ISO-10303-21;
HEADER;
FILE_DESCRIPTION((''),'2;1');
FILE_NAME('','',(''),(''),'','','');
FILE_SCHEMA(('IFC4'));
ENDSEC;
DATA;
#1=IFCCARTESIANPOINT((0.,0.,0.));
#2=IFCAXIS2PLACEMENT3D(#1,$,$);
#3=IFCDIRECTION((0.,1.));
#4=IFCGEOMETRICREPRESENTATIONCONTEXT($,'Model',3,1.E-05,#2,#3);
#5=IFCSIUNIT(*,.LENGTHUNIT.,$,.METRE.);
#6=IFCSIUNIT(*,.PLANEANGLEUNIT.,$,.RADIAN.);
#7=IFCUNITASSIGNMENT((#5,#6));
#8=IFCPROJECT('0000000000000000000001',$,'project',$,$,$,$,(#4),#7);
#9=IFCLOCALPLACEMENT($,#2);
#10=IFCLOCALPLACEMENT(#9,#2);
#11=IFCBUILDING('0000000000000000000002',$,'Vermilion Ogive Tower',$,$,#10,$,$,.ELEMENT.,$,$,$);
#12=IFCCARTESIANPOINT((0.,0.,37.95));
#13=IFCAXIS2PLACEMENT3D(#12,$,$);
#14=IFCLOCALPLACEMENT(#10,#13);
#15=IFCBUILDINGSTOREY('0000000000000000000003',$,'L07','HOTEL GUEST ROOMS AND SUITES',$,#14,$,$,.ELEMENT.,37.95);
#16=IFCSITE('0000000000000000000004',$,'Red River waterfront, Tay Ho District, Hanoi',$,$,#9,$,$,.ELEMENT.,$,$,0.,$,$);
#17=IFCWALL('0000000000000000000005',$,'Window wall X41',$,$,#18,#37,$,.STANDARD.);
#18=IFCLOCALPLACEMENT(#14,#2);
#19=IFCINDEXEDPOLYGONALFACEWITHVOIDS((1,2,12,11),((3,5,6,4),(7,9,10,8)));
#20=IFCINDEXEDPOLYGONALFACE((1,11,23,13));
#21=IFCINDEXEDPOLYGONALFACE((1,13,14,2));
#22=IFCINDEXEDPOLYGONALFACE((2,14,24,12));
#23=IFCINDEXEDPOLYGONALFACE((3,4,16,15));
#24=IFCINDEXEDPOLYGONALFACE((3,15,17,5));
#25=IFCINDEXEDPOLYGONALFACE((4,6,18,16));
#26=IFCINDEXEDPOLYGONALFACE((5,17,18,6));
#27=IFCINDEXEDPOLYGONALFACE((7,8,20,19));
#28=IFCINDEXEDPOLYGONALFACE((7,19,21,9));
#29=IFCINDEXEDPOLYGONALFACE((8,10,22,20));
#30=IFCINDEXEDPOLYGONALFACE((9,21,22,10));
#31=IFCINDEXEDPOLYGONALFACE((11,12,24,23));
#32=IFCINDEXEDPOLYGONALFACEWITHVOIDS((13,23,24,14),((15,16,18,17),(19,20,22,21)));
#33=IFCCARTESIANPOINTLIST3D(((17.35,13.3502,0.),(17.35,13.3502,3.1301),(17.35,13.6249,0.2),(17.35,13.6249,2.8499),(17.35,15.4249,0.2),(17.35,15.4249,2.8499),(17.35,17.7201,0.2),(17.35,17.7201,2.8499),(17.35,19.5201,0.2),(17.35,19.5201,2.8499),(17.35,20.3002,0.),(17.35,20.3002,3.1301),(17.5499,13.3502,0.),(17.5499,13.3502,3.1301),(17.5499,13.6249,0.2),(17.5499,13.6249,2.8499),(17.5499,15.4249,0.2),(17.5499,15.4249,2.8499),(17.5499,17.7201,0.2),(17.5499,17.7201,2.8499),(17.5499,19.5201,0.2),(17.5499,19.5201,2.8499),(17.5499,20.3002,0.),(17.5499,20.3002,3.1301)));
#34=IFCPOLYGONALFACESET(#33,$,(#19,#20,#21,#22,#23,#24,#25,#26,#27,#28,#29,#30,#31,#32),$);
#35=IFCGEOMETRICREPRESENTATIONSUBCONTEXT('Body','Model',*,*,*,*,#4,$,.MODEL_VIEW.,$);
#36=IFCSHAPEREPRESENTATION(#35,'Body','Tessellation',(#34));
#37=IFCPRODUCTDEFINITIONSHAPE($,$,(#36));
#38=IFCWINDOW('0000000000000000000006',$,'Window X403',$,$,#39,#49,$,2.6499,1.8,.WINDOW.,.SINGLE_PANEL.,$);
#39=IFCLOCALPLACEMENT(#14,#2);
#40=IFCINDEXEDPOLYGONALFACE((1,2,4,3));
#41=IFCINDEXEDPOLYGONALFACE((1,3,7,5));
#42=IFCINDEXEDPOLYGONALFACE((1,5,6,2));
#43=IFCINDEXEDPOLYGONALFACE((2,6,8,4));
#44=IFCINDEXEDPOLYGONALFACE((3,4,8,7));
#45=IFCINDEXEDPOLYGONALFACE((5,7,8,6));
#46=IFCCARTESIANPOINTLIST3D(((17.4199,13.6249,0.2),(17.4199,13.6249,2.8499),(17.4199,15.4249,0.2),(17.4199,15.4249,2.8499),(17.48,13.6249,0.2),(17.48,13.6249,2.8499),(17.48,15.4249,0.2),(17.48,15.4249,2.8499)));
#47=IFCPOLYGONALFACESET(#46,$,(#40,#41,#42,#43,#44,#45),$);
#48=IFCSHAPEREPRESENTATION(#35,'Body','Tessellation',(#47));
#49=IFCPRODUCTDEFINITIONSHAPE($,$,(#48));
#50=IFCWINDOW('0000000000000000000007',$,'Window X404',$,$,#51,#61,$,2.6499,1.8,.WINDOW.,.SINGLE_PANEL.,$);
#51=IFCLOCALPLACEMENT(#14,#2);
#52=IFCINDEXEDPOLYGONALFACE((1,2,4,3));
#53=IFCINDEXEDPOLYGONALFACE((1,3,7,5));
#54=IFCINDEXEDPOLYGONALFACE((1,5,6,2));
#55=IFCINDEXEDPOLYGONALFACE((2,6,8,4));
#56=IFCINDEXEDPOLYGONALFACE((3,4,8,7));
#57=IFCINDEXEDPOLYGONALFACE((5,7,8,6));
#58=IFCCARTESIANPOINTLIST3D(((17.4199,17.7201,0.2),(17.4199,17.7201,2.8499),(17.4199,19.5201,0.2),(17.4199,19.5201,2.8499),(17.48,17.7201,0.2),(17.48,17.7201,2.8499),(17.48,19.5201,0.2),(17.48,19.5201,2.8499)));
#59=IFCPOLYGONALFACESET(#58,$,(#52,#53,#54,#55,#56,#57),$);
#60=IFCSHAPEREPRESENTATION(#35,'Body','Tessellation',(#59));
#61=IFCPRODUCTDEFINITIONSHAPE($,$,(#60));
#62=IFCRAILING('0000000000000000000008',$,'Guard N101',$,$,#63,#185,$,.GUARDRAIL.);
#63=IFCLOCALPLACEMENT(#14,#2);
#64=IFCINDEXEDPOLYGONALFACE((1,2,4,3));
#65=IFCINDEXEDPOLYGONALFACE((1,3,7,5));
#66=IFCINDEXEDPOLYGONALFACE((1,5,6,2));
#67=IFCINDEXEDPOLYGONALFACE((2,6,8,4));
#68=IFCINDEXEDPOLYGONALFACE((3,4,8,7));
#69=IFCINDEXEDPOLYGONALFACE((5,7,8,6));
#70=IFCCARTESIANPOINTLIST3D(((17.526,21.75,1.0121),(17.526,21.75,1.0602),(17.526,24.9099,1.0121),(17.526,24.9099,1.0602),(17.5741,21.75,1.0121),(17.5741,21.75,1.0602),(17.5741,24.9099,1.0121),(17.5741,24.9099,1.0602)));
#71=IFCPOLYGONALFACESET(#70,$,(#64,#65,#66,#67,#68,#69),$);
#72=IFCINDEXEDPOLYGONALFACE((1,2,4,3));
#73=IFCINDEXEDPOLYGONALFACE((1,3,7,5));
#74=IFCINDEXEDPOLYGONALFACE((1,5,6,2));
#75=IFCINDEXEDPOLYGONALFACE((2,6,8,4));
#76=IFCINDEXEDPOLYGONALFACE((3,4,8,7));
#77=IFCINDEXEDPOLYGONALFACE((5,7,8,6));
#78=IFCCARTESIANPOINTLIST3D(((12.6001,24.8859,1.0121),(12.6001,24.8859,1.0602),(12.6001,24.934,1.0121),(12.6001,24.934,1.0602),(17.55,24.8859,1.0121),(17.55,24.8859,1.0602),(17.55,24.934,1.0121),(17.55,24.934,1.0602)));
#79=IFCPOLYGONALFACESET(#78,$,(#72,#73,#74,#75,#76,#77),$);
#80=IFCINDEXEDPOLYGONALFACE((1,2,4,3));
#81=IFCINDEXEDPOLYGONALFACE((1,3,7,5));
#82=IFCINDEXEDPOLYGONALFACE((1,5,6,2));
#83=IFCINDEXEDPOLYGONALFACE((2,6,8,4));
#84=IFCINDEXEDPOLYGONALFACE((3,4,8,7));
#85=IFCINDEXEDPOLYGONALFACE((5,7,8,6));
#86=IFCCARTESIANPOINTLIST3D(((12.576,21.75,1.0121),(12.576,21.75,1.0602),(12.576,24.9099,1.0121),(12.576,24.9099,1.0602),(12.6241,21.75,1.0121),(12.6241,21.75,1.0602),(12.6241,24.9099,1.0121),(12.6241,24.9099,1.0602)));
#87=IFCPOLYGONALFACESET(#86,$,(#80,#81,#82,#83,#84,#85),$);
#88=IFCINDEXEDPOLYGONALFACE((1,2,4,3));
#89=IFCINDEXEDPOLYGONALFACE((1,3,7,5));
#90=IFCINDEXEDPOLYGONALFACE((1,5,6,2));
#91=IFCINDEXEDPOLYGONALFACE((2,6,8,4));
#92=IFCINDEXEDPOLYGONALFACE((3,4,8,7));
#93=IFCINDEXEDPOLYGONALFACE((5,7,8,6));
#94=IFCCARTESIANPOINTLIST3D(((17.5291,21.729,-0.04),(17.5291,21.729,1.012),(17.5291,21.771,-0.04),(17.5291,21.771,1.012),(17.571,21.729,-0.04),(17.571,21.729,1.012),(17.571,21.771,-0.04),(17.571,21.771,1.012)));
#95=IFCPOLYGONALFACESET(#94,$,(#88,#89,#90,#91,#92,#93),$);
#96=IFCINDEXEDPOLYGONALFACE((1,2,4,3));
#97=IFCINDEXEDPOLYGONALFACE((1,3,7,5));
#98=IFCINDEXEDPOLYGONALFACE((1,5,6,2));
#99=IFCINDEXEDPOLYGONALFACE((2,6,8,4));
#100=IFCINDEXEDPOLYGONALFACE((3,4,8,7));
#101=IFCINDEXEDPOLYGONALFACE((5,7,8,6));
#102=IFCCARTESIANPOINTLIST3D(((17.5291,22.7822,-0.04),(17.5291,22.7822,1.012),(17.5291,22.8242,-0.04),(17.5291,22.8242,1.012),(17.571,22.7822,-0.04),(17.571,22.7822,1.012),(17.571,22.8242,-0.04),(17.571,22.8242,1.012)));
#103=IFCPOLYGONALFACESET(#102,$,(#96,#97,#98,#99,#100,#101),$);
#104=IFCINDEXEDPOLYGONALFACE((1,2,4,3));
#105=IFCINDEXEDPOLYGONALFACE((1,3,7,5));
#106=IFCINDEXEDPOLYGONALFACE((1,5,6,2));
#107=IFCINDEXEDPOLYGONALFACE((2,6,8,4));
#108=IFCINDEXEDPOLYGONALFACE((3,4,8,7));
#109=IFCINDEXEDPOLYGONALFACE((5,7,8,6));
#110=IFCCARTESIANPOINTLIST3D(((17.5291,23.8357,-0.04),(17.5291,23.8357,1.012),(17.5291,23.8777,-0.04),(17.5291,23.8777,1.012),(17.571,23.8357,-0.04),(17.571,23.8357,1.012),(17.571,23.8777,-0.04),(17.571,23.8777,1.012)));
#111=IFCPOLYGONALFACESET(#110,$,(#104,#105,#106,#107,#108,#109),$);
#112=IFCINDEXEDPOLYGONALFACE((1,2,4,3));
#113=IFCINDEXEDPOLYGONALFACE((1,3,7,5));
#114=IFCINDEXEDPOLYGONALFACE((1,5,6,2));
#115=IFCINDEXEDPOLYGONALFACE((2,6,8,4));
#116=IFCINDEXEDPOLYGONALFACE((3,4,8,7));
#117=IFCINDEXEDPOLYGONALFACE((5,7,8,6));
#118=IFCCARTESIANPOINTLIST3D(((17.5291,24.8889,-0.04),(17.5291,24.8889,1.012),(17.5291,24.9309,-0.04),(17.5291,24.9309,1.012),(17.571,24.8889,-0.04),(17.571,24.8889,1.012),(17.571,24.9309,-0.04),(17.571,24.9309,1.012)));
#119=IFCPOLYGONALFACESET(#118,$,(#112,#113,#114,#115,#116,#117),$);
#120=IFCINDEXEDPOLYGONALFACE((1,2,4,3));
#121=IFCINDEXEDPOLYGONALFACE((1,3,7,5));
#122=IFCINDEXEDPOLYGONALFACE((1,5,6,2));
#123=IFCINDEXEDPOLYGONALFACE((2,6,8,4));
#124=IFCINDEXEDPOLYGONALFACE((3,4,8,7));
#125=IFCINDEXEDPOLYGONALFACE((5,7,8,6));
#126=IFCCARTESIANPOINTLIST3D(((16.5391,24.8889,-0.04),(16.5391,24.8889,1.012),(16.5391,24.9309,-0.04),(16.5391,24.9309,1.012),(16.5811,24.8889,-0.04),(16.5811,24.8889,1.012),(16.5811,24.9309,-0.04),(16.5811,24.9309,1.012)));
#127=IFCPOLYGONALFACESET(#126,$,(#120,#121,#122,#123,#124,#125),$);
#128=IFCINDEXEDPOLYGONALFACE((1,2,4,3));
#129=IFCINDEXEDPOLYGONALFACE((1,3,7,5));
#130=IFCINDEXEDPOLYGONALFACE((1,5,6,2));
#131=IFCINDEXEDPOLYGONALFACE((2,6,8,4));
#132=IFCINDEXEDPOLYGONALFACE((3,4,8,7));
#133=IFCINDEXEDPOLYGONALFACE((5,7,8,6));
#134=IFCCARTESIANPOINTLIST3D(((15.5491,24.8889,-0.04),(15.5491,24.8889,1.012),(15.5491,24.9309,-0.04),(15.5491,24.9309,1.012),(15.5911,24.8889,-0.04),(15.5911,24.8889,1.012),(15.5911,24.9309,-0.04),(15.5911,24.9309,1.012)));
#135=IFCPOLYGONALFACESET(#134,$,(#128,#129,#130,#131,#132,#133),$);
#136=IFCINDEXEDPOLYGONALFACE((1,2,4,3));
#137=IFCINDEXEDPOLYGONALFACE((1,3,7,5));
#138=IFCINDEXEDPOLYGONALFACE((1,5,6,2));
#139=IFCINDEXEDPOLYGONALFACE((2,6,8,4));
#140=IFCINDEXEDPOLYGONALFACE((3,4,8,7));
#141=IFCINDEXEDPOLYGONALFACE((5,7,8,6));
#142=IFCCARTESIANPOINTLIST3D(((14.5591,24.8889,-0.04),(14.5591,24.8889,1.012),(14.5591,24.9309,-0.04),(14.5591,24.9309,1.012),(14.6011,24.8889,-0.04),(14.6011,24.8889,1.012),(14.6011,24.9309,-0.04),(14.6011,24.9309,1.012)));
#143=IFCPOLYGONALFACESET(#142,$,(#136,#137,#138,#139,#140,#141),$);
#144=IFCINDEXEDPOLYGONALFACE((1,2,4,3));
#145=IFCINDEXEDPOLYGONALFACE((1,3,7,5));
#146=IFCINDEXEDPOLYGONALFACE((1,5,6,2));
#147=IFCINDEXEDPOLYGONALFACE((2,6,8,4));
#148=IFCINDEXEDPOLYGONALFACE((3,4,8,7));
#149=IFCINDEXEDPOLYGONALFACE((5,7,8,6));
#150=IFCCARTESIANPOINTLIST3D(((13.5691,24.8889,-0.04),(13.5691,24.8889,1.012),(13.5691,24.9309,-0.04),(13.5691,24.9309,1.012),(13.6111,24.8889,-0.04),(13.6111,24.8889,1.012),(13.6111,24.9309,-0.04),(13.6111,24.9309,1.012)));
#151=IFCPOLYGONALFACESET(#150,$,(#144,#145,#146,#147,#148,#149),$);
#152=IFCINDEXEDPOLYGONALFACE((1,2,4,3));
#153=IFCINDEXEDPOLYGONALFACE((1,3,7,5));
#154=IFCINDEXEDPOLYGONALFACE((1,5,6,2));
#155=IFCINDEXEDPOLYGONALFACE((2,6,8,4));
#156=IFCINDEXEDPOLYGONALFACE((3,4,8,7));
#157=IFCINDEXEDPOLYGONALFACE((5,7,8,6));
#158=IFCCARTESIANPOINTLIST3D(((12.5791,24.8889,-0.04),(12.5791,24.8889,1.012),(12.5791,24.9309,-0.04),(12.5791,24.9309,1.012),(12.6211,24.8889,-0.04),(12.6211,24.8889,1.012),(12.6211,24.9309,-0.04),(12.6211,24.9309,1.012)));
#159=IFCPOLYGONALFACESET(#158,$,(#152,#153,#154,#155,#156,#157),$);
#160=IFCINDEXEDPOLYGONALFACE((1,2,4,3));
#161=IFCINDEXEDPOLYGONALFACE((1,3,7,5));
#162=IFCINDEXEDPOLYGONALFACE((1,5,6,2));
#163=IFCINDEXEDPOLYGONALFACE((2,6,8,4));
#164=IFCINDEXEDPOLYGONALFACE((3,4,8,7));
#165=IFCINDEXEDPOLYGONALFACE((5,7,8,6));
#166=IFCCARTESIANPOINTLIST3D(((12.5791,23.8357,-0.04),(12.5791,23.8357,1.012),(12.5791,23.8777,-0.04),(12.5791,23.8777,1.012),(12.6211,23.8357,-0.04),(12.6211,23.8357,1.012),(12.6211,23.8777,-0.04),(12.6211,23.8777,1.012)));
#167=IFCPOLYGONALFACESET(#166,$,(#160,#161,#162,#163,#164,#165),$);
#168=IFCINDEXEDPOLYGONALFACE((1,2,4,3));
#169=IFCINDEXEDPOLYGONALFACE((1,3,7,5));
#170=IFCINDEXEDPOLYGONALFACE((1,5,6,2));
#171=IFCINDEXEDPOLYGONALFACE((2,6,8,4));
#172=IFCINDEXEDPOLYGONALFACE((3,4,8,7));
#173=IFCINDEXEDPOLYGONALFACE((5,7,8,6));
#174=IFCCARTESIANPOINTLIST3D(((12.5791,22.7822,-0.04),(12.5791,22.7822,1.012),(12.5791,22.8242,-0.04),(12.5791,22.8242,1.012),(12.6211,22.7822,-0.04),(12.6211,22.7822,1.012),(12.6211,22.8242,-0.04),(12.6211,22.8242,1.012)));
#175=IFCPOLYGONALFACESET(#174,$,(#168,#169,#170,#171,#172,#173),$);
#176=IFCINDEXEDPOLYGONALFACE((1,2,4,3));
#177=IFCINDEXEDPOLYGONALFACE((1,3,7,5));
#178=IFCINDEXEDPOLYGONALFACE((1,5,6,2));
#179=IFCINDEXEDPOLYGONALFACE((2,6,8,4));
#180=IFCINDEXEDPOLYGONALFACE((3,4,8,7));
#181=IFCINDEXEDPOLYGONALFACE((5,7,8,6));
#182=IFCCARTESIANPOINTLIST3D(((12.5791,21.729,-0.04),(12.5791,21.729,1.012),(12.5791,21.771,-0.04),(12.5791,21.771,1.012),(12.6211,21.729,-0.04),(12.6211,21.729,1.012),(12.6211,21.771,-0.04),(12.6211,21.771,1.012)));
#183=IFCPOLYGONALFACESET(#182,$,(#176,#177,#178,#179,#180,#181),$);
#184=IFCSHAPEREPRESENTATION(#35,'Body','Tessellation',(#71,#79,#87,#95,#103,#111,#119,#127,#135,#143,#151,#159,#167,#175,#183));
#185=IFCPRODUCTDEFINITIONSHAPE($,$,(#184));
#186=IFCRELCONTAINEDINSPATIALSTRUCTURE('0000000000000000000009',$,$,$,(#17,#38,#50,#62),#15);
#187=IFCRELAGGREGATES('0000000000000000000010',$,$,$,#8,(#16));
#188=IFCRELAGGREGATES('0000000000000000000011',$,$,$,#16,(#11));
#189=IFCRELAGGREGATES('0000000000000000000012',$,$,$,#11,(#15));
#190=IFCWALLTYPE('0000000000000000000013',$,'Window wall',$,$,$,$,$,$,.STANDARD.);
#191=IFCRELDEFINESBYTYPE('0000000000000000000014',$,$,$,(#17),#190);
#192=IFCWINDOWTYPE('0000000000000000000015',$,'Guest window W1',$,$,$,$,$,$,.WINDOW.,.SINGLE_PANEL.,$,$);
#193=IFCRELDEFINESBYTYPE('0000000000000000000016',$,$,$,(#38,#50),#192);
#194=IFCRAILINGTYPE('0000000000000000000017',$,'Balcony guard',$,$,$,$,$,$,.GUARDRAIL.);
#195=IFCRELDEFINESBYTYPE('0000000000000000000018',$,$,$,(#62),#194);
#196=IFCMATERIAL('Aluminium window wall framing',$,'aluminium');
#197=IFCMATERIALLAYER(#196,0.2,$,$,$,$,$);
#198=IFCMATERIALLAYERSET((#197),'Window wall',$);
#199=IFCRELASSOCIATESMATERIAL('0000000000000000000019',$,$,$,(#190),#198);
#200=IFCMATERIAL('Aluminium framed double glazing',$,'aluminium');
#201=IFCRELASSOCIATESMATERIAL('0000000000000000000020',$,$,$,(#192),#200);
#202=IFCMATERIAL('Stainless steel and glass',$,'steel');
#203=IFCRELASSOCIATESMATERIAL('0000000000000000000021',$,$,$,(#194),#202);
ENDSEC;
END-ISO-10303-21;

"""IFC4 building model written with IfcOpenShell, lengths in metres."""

from ifc_helpers import new_model, si_unit, direction, frame, frame_2d, origin, origin_2d, place, context, subcontext, project, spatial, rectangle, extrude, material, layer, layer_set, type_object, element, fill, save


model = new_model("IFC4")

# Units and contexts
model_context = context("Model", 3, precision=1e-05, world=origin(), true_north=direction((0.0, 1.0)))
body_context = subcontext(model_context, "Body", "Model", "MODEL_VIEW")
ifc_project = project(units=[si_unit("LENGTHUNIT", "METRE"), si_unit("PLANEANGLEUNIT", "RADIAN")], contexts=[model_context])

# Site, building, storey
site_placement = place(None, origin())
site = spatial("IfcSite", under=ifc_project, at=site_placement, Name="Red River waterfront, Tay Ho District, Hanoi", CompositionType="ELEMENT", RefElevation=0.0)
building_placement = place(site_placement, origin())
building = spatial("IfcBuilding", under=site, at=building_placement, Name="Vermilion Ogive Tower", CompositionType="ELEMENT")
storey_placement = place(building_placement, frame((0.0, 0.0, 37.95)))
storey = spatial("IfcBuildingStorey", under=building, at=storey_placement, Name="L07", Description="HOTEL GUEST ROOMS AND SUITES", CompositionType="ELEMENT", Elevation=37.95)

# Shared definitions
ifc_material_1 = material(Name="Aluminium window wall framing", Category="aluminium")
ifc_layer_1 = layer(ifc_material_1, 0.2)
ifc_layer_set_1 = layer_set([ifc_layer_1], Name="Window wall")
wall_type_1 = type_object("IfcWallType", Name="Window wall", PredefinedType="STANDARD", material=ifc_layer_set_1)
ifc_material_2 = material(Name="Aluminium framed double glazing", Category="aluminium")
window_type = type_object("IfcWindowType", Name="Guest window W1", PartitioningType="SINGLE_PANEL", PredefinedType="WINDOW", material=ifc_material_2)

# Wall, openings, windows
wall_1_placement = place(storey_placement, frame((17.45, 13.3501, 0.0), z_axis=(0.0, 0.0, 1.0), x_axis=(0.0, 1.0, 0.0)))
wall_1 = element("IfcWall", 1, at=wall_1_placement, inside=storey, type_object=wall_type_1, Name="Window wall X41", PredefinedType="STANDARD", context=body_context, shape_type="SweptSolid", body=[
    extrude(rectangle(XDim=6.95, YDim=0.2, at=frame_2d((3.4751, 0.0))), origin(), (0.0, 0.0, 1.0), 3.1301),
])
opening_1_placement = place(wall_1_placement, frame((0.2749, 0.0, 0.2)))
opening_1 = element("IfcOpeningElement", 2, at=opening_1_placement, cuts=wall_1, PredefinedType="OPENING", context=body_context, shape_type="SweptSolid", body=[
    extrude(rectangle(XDim=1.8, YDim=2.6499, at=frame_2d((0.8999, 1.325))), frame((0.0, 0.1099, 0.0), z_axis=(0.0, -1.0, 0.0), x_axis=(1.0, 0.0, 0.0)), (0.0, 0.0, 1.0), 0.22),
])
opening_2_placement = place(wall_1_placement, frame((4.3701, 0.0, 0.2)))
opening_2 = element("IfcOpeningElement", 3, at=opening_2_placement, cuts=wall_1, PredefinedType="OPENING", context=body_context, shape_type="SweptSolid", body=[
    extrude(rectangle(XDim=1.8, YDim=2.6499, at=frame_2d((0.8999, 1.325))), frame((0.0, 0.1099, 0.0), z_axis=(0.0, -1.0, 0.0), x_axis=(1.0, 0.0, 0.0)), (0.0, 0.0, 1.0), 0.22),
])
window_1_placement = place(opening_1_placement, origin())
window_1 = element("IfcWindow", 4, at=window_1_placement, inside=storey, type_object=window_type, Name="Window X403", OverallHeight=2.6499, OverallWidth=1.8, PartitioningType="SINGLE_PANEL", PredefinedType="WINDOW", context=body_context, shape_type="SweptSolid", body=[
    extrude(rectangle(XDim=1.8, YDim=2.6499, at=frame_2d((0.8999, 1.325))), frame((0.0, 0.03, 0.0), z_axis=(0.0, -1.0, 0.0), x_axis=(1.0, 0.0, 0.0)), (0.0, 0.0, 1.0), 0.0601),
])
fill(opening_1, window_1)
window_2_placement = place(opening_2_placement, origin())
window_2 = element("IfcWindow", 5, at=window_2_placement, inside=storey, type_object=window_type, Name="Window X404", OverallHeight=2.6499, OverallWidth=1.8, PartitioningType="SINGLE_PANEL", PredefinedType="WINDOW", context=body_context, shape_type="SweptSolid", body=[
    extrude(rectangle(XDim=1.8, YDim=2.6499, at=frame_2d((0.8999, 1.325))), frame((0.0, 0.03, 0.0), z_axis=(0.0, -1.0, 0.0), x_axis=(1.0, 0.0, 0.0)), (0.0, 0.0, 1.0), 0.0601),
])
fill(opening_2, window_2)

# Railing
ifc_material_3 = material(Name="Stainless steel and glass", Category="steel")
railing_type = type_object("IfcRailingType", Name="Balcony guard", PredefinedType="GUARDRAIL", material=ifc_material_3)
railing_placement = place(storey_placement, frame((17.55, 21.75, -0.04)))
element("IfcRailing", 6, at=railing_placement, inside=storey, type_object=railing_type, Name="Guard N101", PredefinedType="GUARDRAIL", context=body_context, shape_type="SweptSolid", body=[
    extrude(rectangle(XDim=0.0481, YDim=0.0481, at=origin_2d()), frame((0.0, 0.0, 1.0762), z_axis=(0.0, 1.0, 0.0), x_axis=(-1.0, 0.0, 0.0)), (0.0, 0.0, 1.0), 3.1599),
    extrude(rectangle(XDim=0.0481, YDim=0.0481, at=origin_2d()), frame((0.0, 3.1599, 1.0762), z_axis=(-1.0, 0.0, 0.0), x_axis=(0.0, -1.0, 0.0)), (0.0, 0.0, 1.0), 4.95),
    extrude(rectangle(XDim=0.0481, YDim=0.0481, at=origin_2d()), frame((-4.95, 3.1599, 1.0762), z_axis=(0.0, -1.0, 0.0), x_axis=(1.0, 0.0, 0.0)), (0.0, 0.0, 1.0), 3.1599),
    extrude(rectangle(XDim=0.042, YDim=0.042, at=origin_2d()), origin(), (0.0, 0.0, 1.0), 1.052),
    extrude(rectangle(XDim=0.042, YDim=0.042, at=origin_2d()), frame((0.0, 1.0532, 0.0)), (0.0, 0.0, 1.0), 1.052),
    extrude(rectangle(XDim=0.042, YDim=0.042, at=origin_2d()), frame((0.0, 2.1067, 0.0)), (0.0, 0.0, 1.0), 1.052),
    extrude(rectangle(XDim=0.042, YDim=0.042, at=origin_2d()), frame((0.0, 3.1599, 0.0)), (0.0, 0.0, 1.0), 1.052),
    extrude(rectangle(XDim=0.042, YDim=0.042, at=origin_2d()), frame((-0.99, 3.1599, 0.0)), (0.0, 0.0, 1.0), 1.052),
    extrude(rectangle(XDim=0.042, YDim=0.042, at=origin_2d()), frame((-1.98, 3.1599, 0.0)), (0.0, 0.0, 1.0), 1.052),
    extrude(rectangle(XDim=0.042, YDim=0.042, at=origin_2d()), frame((-2.97, 3.1599, 0.0)), (0.0, 0.0, 1.0), 1.052),
    extrude(rectangle(XDim=0.042, YDim=0.042, at=origin_2d()), frame((-3.96, 3.1599, 0.0)), (0.0, 0.0, 1.0), 1.052),
    extrude(rectangle(XDim=0.042, YDim=0.042, at=origin_2d()), frame((-4.95, 3.1599, 0.0)), (0.0, 0.0, 1.0), 1.052),
    extrude(rectangle(XDim=0.042, YDim=0.042, at=origin_2d()), frame((-4.95, 2.1067, 0.0)), (0.0, 0.0, 1.0), 1.052),
    extrude(rectangle(XDim=0.042, YDim=0.042, at=origin_2d()), frame((-4.95, 1.0532, 0.0)), (0.0, 0.0, 1.0), 1.052),
    extrude(rectangle(XDim=0.042, YDim=0.042, at=origin_2d()), frame((-4.95, 0.0, 0.0)), (0.0, 0.0, 1.0), 1.052),
])

save(model, "model.ifc")
